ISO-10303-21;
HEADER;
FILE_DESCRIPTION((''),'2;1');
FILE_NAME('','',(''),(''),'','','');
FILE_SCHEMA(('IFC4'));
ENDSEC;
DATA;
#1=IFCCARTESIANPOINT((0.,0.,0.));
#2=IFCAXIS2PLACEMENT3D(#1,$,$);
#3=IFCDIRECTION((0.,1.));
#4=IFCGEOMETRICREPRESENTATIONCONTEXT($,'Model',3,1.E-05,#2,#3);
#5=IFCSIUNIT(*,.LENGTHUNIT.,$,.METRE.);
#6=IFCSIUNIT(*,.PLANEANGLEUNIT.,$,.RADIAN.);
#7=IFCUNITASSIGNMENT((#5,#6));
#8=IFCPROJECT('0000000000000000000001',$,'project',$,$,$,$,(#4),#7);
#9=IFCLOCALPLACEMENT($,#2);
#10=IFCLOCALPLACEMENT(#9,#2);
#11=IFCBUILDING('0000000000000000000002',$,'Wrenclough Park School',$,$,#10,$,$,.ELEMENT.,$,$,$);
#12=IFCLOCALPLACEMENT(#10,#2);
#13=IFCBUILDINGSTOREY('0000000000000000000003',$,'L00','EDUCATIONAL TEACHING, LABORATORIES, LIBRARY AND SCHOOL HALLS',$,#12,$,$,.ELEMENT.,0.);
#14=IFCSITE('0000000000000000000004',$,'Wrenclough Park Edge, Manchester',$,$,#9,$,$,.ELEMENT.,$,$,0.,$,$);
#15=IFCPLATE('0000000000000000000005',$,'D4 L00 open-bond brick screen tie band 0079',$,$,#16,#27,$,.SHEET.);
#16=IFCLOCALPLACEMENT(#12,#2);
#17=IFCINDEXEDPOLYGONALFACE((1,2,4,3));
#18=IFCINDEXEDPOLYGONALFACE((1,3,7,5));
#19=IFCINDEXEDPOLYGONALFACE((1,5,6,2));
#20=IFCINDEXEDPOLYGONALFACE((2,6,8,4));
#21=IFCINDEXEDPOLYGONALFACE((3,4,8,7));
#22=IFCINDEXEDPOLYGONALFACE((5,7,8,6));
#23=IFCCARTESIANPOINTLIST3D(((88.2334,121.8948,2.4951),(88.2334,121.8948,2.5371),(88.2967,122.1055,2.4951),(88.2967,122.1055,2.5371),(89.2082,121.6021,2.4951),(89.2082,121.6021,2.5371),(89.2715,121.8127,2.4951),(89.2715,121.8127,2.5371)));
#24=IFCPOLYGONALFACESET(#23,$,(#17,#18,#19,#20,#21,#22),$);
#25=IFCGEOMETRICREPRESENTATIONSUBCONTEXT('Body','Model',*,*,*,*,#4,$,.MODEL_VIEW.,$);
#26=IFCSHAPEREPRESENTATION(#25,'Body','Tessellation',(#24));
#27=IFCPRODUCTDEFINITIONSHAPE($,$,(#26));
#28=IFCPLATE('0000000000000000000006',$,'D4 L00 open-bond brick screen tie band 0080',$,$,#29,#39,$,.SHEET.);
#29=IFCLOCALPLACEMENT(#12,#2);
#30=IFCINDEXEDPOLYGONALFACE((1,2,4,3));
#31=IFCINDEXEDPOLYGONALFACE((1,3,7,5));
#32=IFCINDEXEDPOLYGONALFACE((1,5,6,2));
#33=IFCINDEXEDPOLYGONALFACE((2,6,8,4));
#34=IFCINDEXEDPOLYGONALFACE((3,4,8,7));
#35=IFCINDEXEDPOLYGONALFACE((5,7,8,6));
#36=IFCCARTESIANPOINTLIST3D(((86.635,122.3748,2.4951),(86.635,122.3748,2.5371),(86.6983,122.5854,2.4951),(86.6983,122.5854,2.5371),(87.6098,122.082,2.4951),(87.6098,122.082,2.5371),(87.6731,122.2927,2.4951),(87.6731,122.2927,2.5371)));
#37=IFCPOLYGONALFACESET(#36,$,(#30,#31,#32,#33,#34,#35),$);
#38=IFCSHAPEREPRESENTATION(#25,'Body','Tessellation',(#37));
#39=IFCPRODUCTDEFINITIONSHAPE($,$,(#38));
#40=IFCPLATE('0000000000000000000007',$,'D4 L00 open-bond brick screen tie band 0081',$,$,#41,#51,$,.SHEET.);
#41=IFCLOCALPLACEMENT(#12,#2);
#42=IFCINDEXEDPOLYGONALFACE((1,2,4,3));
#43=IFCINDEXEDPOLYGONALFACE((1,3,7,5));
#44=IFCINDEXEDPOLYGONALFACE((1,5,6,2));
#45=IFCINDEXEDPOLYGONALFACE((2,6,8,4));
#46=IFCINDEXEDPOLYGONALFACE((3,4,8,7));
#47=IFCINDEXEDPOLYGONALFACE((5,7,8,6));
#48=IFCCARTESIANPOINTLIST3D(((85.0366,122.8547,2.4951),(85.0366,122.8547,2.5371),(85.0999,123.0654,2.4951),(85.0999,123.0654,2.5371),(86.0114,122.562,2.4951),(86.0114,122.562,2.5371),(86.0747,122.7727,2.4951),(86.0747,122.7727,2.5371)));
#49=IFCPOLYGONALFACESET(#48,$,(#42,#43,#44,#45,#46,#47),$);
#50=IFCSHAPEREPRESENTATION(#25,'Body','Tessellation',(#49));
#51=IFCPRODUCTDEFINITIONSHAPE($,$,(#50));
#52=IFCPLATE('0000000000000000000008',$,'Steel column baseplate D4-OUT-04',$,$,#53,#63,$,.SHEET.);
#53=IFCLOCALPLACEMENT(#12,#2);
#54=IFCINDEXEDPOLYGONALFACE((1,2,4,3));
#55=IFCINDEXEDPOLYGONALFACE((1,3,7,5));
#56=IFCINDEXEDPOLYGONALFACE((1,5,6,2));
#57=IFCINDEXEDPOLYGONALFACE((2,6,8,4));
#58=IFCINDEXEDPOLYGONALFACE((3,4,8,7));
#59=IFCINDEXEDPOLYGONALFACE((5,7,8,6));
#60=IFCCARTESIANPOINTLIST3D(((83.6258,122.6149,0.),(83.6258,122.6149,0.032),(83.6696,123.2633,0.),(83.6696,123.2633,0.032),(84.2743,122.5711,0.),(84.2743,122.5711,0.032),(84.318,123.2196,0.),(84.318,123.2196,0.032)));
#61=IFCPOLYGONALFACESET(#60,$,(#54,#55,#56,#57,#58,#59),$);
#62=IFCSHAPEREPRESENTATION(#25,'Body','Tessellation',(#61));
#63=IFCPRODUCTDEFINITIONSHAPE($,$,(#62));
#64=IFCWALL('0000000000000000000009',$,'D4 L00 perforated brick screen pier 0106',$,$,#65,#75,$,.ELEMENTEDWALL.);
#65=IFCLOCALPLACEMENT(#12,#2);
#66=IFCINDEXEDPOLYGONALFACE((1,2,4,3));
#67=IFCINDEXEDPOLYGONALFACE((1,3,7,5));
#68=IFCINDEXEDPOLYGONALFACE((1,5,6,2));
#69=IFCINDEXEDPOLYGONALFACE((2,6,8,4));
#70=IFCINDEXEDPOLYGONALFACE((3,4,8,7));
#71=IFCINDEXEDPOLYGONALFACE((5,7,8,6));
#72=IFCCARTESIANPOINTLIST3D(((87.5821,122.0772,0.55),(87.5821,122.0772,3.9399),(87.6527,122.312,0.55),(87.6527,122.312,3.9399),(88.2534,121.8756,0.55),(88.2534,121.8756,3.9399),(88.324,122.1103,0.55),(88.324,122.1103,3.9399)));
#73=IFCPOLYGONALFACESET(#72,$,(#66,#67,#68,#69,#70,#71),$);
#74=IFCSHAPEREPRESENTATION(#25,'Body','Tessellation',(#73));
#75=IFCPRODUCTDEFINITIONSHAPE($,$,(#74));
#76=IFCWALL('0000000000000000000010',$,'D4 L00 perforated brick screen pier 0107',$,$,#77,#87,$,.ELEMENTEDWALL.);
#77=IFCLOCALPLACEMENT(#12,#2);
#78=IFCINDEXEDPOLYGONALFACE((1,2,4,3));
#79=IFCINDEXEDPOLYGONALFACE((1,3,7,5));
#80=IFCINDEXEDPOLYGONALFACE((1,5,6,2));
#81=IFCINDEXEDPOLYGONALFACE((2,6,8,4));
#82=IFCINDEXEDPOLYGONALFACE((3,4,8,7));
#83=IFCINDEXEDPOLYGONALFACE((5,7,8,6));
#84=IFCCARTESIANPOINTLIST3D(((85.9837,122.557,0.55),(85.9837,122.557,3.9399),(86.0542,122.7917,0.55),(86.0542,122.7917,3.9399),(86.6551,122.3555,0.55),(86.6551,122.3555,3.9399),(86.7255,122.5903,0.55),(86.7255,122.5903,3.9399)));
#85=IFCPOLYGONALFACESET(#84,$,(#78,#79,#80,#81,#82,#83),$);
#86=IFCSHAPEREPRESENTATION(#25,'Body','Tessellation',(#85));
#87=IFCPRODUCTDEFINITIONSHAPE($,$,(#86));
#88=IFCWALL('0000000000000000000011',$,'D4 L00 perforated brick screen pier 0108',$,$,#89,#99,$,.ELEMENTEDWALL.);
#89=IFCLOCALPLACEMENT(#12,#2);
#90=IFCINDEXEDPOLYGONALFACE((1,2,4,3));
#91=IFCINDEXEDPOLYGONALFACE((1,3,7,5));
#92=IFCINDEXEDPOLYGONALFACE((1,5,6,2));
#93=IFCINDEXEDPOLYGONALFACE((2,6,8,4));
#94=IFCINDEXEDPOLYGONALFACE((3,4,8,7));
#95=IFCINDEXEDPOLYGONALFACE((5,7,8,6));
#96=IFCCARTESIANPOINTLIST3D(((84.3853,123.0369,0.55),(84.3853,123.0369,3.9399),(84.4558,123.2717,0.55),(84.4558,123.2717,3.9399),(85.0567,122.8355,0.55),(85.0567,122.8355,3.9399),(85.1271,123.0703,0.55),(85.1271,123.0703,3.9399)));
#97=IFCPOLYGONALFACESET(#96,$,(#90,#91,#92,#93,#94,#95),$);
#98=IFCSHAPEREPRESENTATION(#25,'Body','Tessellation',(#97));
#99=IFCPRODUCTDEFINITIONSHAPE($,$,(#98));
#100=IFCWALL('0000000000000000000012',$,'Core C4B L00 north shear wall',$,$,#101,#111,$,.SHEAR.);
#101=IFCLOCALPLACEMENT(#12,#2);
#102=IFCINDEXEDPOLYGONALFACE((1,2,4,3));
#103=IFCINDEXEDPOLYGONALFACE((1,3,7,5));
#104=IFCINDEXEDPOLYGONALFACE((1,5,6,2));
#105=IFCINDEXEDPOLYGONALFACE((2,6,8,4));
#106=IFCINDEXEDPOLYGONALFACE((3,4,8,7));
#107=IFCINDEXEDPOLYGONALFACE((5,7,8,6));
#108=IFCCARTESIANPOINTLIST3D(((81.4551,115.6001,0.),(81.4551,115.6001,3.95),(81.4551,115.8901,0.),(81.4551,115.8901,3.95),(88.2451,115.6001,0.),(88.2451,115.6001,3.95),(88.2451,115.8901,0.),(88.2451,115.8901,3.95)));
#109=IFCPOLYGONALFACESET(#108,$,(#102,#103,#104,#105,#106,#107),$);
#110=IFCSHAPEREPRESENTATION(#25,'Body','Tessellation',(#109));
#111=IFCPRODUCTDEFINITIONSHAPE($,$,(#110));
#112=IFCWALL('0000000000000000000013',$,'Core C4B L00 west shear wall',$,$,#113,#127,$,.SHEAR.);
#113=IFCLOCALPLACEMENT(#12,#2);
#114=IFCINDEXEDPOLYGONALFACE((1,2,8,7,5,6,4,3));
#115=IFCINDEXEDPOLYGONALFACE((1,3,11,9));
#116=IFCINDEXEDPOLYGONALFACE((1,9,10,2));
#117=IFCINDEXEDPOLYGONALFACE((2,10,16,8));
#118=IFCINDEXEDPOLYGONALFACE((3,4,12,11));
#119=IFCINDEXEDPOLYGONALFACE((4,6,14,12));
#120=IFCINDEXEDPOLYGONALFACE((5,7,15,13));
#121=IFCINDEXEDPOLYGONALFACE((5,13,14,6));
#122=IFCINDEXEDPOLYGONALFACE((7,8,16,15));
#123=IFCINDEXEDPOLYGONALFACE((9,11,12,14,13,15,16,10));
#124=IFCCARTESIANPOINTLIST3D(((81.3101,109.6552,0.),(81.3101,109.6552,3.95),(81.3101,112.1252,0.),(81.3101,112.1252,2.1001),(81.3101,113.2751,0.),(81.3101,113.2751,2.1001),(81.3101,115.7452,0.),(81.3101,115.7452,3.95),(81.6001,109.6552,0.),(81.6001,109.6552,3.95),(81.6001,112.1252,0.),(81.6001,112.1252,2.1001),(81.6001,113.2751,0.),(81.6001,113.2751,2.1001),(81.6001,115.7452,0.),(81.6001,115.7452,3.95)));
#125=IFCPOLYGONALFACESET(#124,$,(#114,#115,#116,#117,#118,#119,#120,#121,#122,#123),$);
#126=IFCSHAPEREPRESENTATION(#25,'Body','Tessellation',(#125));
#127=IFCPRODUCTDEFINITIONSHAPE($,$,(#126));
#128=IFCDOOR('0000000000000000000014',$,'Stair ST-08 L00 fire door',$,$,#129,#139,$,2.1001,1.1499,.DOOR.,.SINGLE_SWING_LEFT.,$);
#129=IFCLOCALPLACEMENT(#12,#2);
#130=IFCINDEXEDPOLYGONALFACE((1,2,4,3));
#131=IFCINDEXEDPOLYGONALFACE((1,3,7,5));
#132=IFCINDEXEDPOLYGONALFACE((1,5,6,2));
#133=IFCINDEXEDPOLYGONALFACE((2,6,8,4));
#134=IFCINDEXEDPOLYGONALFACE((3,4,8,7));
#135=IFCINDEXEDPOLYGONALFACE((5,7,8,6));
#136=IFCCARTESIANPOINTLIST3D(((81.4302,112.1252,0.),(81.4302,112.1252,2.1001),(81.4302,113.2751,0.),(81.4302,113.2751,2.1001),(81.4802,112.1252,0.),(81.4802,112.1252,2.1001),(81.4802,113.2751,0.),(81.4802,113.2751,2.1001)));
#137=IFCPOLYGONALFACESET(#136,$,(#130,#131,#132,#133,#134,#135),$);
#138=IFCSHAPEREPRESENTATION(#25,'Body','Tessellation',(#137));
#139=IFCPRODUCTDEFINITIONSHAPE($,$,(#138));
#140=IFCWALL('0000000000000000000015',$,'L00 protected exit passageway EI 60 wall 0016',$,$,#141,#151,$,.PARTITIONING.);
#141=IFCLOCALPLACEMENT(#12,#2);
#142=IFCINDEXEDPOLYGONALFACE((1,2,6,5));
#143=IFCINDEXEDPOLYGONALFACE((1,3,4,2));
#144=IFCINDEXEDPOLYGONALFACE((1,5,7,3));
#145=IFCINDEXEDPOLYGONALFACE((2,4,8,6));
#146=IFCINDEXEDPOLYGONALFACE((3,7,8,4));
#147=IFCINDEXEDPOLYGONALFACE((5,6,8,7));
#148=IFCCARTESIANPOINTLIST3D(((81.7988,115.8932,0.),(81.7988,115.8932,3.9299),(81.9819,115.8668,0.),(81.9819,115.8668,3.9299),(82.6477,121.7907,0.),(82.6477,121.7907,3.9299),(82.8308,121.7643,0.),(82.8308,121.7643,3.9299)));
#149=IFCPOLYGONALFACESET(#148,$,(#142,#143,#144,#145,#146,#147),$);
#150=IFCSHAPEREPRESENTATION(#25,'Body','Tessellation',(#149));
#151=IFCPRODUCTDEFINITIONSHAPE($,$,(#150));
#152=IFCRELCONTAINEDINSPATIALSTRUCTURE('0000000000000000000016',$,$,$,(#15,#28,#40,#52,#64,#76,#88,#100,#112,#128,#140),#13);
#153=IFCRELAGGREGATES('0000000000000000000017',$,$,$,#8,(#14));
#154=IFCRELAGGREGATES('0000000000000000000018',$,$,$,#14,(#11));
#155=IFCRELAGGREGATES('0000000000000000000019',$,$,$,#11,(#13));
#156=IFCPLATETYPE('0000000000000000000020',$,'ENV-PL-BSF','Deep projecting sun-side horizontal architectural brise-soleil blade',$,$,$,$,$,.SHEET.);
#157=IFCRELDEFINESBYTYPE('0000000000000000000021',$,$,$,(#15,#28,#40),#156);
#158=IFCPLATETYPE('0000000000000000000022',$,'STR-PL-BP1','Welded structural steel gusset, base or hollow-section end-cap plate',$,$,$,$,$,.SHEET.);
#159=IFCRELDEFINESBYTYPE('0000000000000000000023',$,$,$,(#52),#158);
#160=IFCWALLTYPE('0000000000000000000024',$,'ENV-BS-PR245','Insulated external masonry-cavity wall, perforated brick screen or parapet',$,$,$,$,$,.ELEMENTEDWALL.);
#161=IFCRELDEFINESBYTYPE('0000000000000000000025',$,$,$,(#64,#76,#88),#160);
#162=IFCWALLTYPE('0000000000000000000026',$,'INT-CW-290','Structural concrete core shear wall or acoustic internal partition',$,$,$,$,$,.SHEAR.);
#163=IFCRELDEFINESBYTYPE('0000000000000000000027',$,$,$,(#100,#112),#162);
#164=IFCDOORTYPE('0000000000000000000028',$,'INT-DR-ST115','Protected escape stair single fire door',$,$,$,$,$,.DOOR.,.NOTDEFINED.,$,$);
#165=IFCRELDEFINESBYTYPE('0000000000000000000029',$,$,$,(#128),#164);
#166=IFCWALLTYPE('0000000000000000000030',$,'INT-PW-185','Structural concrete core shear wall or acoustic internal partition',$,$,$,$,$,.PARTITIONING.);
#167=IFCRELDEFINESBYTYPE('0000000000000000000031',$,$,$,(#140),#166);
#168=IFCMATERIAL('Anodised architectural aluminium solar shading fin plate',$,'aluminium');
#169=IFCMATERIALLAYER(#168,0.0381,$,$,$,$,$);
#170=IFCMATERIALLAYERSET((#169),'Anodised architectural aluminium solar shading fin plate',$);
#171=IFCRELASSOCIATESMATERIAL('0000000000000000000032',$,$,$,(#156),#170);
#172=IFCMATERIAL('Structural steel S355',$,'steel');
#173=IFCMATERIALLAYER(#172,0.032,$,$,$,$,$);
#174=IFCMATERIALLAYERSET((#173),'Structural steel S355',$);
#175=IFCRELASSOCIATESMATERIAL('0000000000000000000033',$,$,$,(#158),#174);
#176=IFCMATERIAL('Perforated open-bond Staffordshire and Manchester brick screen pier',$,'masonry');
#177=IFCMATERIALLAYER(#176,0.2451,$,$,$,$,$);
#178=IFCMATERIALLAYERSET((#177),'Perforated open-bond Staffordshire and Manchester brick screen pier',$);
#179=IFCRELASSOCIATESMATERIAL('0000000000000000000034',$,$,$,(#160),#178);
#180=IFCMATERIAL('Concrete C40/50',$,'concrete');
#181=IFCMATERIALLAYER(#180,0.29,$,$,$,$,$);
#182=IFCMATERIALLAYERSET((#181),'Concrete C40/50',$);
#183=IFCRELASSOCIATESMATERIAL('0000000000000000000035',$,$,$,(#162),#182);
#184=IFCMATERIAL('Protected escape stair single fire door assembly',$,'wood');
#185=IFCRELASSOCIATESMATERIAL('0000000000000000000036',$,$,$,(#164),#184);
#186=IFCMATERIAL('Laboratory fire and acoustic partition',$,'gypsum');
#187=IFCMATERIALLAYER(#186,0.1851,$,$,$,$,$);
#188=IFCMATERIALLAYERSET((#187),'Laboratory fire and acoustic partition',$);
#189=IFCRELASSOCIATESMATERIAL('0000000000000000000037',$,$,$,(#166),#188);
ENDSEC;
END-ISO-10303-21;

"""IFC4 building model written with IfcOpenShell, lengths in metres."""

from ifc_helpers import new_model, si_unit, direction, frame, frame_2d, origin, origin_2d, place, context, subcontext, project, spatial, rectangle, extrude, material, layer, layer_set, type_object, element, fill, save


model = new_model("IFC4")

# Units and contexts
model_context = context("Model", 3, precision=1e-05, world=origin(), true_north=direction((0.0, 1.0)))
body_context = subcontext(model_context, "Body", "Model", "MODEL_VIEW")
ifc_project = project(units=[si_unit("LENGTHUNIT", "METRE"), si_unit("PLANEANGLEUNIT", "RADIAN")], contexts=[model_context])

# Site, building, storey
site_placement = place(None, origin())
site = spatial("IfcSite", under=ifc_project, at=site_placement, Name="Wrenclough Park Edge, Manchester", CompositionType="ELEMENT", RefElevation=0.0)
building_placement = place(site_placement, origin())
building = spatial("IfcBuilding", under=site, at=building_placement, Name="Wrenclough Park School", CompositionType="ELEMENT")
storey_placement = place(building_placement, origin())
storey = spatial("IfcBuildingStorey", under=building, at=storey_placement, Name="L00", Description="EDUCATIONAL TEACHING, LABORATORIES, LIBRARY AND SCHOOL HALLS", CompositionType="ELEMENT", Elevation=0.0)

# Shared definitions
ifc_material_1 = material(Name="Structural steel S355", Category="steel")

# Plates
ifc_material_2 = material(Name="Anodised architectural aluminium solar shading fin plate", Category="aluminium")
ifc_layer_1 = layer(ifc_material_2, 0.0381)
ifc_layer_set_1 = layer_set([ifc_layer_1], Name="Anodised architectural aluminium solar shading fin plate")
plate_type_1 = type_object("IfcPlateType", Name="ENV-PL-BSF", Description="Deep projecting sun-side horizontal architectural brise-soleil blade", PredefinedType="SHEET", material=ifc_layer_set_1)
for number, where, z_axis, x_axis, name in (
    (1, (88.7524, 121.8538, 2.4951), (0.0, 0.0, 1.0), (-0.957751, 0.287598, 0.0), "D4 L00 open-bond brick screen tie band 0079"),
    (2, (87.1541, 122.3337, 2.4951), (0.0, 0.0, 1.0), (-0.957751, 0.287598, 0.0), "D4 L00 open-bond brick screen tie band 0080"),
    (3, (85.5557, 122.8137, 2.4951), (0.0, 0.0, 1.0), (-0.957751, 0.287598, 0.0), "D4 L00 open-bond brick screen tie band 0081"),
):
    element("IfcPlate", number, at=place(storey_placement, frame(where, z_axis=z_axis, x_axis=x_axis)), inside=storey, type_object=plate_type_1, Name=name, PredefinedType="SHEET", context=body_context, shape_type="SweptSolid", body=[
        extrude(rectangle(XDim=1.0178, YDim=0.22, at=origin_2d()), origin(), (0.0, 0.0, 1.0), 0.042),
    ])
ifc_layer_2 = layer(ifc_material_1, 0.032)
ifc_layer_set_2 = layer_set([ifc_layer_2], Name="Structural steel S355")
plate_type_2 = type_object("IfcPlateType", Name="STR-PL-BP1", Description="Welded structural steel gusset, base or hollow-section end-cap plate", PredefinedType="SHEET", material=ifc_layer_set_2)
plate_1_placement = place(storey_placement, frame((83.9719, 122.9172, 0.0), z_axis=(0.0, 0.0, 1.0), x_axis=(-0.997732, 0.067319, 0.0)))
element("IfcPlate", 4, at=plate_1_placement, inside=storey, type_object=plate_type_2, Name="Steel column baseplate D4-OUT-04", PredefinedType="SHEET", context=body_context, shape_type="SweptSolid", body=[
    extrude(rectangle(XDim=0.6499, YDim=0.6499, at=origin_2d()), origin(), (0.0, 0.0, 1.0), 0.032),
])

# Walls
ifc_material_3 = material(Name="Perforated open-bond Staffordshire and Manchester brick screen pier", Category="masonry")
ifc_layer_3 = layer(ifc_material_3, 0.2451)
ifc_layer_set_3 = layer_set([ifc_layer_3], Name="Perforated open-bond Staffordshire and Manchester brick screen pier")
wall_type_1 = type_object("IfcWallType", Name="ENV-BS-PR245", Description="Insulated external masonry-cavity wall, perforated brick screen or parapet", PredefinedType="ELEMENTEDWALL", material=ifc_layer_set_3)
for number, where, z_axis, x_axis, name in (
    (5, (88.2888, 121.9929, 0.55), (0.0, 0.0, 1.0), (-0.95773, 0.287667, 0.0), "D4 L00 perforated brick screen pier 0106"),
    (6, (86.6904, 122.4729, 0.55), (0.0, 0.0, 1.0), (-0.957826, 0.287348, 0.0), "D4 L00 perforated brick screen pier 0107"),
    (7, (85.092, 122.9529, 0.55), (0.0, 0.0, 1.0), (-0.957826, 0.287348, 0.0), "D4 L00 perforated brick screen pier 0108"),
):
    element("IfcWall", number, at=place(storey_placement, frame(where, z_axis=z_axis, x_axis=x_axis)), inside=storey, type_object=wall_type_1, Name=name, PredefinedType="ELEMENTEDWALL", context=body_context, shape_type="SweptSolid", body=[
        extrude(rectangle(XDim=0.7009, YDim=0.2451, at=frame_2d((0.3506, 0.0))), origin(), (0.0, 0.0, 1.0), 3.3899),
    ])
ifc_material_4 = material(Name="Concrete C40/50", Category="concrete")
ifc_layer_4 = layer(ifc_material_4, 0.29)
ifc_layer_set_4 = layer_set([ifc_layer_4], Name="Concrete C40/50")
wall_type_2 = type_object("IfcWallType", Name="INT-CW-290", Description="Structural concrete core shear wall or acoustic internal partition", PredefinedType="SHEAR", material=ifc_layer_set_4)
wall_1_placement = place(storey_placement, frame((88.2451, 115.7451, 0.0), z_axis=(0.0, 0.0, 1.0), x_axis=(-1.0, 0.0, 0.0)))
element("IfcWall", 8, at=wall_1_placement, inside=storey, type_object=wall_type_2, Name="Core C4B L00 north shear wall", PredefinedType="SHEAR", context=body_context, shape_type="SweptSolid", body=[
    extrude(rectangle(XDim=6.79, YDim=0.29, at=frame_2d((3.395, 0.0))), origin(), (0.0, 0.0, 1.0), 3.95),
])

# Wall, opening, door
wall_2_placement = place(storey_placement, frame((81.4551, 115.7451, 0.0), z_axis=(0.0, 0.0, 1.0), x_axis=(0.0, -1.0, 0.0)))
wall_2 = element("IfcWall", 9, at=wall_2_placement, inside=storey, type_object=wall_type_2, Name="Core C4B L00 west shear wall", PredefinedType="SHEAR", context=body_context, shape_type="SweptSolid", body=[
    extrude(rectangle(XDim=6.0901, YDim=0.29, at=frame_2d((3.0449, 0.0))), origin(), (0.0, 0.0, 1.0), 3.95),
])
opening_placement = place(wall_2_placement, frame((2.47, 0.0, 0.0)))
opening = element("IfcOpeningElement", 10, at=opening_placement, cuts=wall_2, PredefinedType="OPENING", context=body_context, shape_type="SweptSolid", body=[
    extrude(rectangle(XDim=1.1499, YDim=2.1001, at=frame_2d((0.575, 1.05))), frame((0.0, 0.155, 0.0), z_axis=(0.0, -1.0, 0.0), x_axis=(1.0, 0.0, 0.0)), (0.0, 0.0, 1.0), 0.3101),
])
ifc_material_5 = material(Name="Protected escape stair single fire door assembly", Category="wood")
door_type = type_object("IfcDoorType", Name="INT-DR-ST115", Description="Protected escape stair single fire door", OperationType="NOTDEFINED", PredefinedType="DOOR", material=ifc_material_5)
door_placement = place(opening_placement, frame((1.1499, 0.0, 0.0), z_axis=(0.0, 0.0, 1.0), x_axis=(-1.0, 0.0, 0.0)))
door = element("IfcDoor", 11, at=door_placement, inside=storey, type_object=door_type, Name="Stair ST-08 L00 fire door", OperationType="SINGLE_SWING_LEFT", OverallHeight=2.1001, OverallWidth=1.1499, PredefinedType="DOOR", context=body_context, shape_type="SweptSolid", body=[
    extrude(rectangle(XDim=1.1499, YDim=2.1001, at=frame_2d((0.575, 1.05))), frame((0.0, 0.0249, 0.0), z_axis=(0.0, -1.0, 0.0), x_axis=(1.0, 0.0, 0.0)), (0.0, 0.0, 1.0), 0.05),
])
fill(opening, door)

# Wall
ifc_material_6 = material(Name="Laboratory fire and acoustic partition", Category="gypsum")
ifc_layer_5 = layer(ifc_material_6, 0.1851)
ifc_layer_set_5 = layer_set([ifc_layer_5], Name="Laboratory fire and acoustic partition")
wall_type_3 = type_object("IfcWallType", Name="INT-PW-185", Description="Structural concrete core shear wall or acoustic internal partition", PredefinedType="PARTITIONING", material=ifc_layer_set_5)
wall_3_placement = place(storey_placement, frame((81.8904, 115.8801, 0.0), z_axis=(0.0, 0.0, 1.0), x_axis=(0.142471, 0.989799, 0.0)))
element("IfcWall", 12, at=wall_3_placement, inside=storey, type_object=wall_type_3, Name="L00 protected exit passageway EI 60 wall 0016", PredefinedType="PARTITIONING", context=body_context, shape_type="SweptSolid", body=[
    extrude(rectangle(XDim=5.9583, YDim=0.1851, at=frame_2d((2.979, 0.0))), origin(), (0.0, 0.0, 1.0), 3.9299),
])

save(model, "model.ifc")
